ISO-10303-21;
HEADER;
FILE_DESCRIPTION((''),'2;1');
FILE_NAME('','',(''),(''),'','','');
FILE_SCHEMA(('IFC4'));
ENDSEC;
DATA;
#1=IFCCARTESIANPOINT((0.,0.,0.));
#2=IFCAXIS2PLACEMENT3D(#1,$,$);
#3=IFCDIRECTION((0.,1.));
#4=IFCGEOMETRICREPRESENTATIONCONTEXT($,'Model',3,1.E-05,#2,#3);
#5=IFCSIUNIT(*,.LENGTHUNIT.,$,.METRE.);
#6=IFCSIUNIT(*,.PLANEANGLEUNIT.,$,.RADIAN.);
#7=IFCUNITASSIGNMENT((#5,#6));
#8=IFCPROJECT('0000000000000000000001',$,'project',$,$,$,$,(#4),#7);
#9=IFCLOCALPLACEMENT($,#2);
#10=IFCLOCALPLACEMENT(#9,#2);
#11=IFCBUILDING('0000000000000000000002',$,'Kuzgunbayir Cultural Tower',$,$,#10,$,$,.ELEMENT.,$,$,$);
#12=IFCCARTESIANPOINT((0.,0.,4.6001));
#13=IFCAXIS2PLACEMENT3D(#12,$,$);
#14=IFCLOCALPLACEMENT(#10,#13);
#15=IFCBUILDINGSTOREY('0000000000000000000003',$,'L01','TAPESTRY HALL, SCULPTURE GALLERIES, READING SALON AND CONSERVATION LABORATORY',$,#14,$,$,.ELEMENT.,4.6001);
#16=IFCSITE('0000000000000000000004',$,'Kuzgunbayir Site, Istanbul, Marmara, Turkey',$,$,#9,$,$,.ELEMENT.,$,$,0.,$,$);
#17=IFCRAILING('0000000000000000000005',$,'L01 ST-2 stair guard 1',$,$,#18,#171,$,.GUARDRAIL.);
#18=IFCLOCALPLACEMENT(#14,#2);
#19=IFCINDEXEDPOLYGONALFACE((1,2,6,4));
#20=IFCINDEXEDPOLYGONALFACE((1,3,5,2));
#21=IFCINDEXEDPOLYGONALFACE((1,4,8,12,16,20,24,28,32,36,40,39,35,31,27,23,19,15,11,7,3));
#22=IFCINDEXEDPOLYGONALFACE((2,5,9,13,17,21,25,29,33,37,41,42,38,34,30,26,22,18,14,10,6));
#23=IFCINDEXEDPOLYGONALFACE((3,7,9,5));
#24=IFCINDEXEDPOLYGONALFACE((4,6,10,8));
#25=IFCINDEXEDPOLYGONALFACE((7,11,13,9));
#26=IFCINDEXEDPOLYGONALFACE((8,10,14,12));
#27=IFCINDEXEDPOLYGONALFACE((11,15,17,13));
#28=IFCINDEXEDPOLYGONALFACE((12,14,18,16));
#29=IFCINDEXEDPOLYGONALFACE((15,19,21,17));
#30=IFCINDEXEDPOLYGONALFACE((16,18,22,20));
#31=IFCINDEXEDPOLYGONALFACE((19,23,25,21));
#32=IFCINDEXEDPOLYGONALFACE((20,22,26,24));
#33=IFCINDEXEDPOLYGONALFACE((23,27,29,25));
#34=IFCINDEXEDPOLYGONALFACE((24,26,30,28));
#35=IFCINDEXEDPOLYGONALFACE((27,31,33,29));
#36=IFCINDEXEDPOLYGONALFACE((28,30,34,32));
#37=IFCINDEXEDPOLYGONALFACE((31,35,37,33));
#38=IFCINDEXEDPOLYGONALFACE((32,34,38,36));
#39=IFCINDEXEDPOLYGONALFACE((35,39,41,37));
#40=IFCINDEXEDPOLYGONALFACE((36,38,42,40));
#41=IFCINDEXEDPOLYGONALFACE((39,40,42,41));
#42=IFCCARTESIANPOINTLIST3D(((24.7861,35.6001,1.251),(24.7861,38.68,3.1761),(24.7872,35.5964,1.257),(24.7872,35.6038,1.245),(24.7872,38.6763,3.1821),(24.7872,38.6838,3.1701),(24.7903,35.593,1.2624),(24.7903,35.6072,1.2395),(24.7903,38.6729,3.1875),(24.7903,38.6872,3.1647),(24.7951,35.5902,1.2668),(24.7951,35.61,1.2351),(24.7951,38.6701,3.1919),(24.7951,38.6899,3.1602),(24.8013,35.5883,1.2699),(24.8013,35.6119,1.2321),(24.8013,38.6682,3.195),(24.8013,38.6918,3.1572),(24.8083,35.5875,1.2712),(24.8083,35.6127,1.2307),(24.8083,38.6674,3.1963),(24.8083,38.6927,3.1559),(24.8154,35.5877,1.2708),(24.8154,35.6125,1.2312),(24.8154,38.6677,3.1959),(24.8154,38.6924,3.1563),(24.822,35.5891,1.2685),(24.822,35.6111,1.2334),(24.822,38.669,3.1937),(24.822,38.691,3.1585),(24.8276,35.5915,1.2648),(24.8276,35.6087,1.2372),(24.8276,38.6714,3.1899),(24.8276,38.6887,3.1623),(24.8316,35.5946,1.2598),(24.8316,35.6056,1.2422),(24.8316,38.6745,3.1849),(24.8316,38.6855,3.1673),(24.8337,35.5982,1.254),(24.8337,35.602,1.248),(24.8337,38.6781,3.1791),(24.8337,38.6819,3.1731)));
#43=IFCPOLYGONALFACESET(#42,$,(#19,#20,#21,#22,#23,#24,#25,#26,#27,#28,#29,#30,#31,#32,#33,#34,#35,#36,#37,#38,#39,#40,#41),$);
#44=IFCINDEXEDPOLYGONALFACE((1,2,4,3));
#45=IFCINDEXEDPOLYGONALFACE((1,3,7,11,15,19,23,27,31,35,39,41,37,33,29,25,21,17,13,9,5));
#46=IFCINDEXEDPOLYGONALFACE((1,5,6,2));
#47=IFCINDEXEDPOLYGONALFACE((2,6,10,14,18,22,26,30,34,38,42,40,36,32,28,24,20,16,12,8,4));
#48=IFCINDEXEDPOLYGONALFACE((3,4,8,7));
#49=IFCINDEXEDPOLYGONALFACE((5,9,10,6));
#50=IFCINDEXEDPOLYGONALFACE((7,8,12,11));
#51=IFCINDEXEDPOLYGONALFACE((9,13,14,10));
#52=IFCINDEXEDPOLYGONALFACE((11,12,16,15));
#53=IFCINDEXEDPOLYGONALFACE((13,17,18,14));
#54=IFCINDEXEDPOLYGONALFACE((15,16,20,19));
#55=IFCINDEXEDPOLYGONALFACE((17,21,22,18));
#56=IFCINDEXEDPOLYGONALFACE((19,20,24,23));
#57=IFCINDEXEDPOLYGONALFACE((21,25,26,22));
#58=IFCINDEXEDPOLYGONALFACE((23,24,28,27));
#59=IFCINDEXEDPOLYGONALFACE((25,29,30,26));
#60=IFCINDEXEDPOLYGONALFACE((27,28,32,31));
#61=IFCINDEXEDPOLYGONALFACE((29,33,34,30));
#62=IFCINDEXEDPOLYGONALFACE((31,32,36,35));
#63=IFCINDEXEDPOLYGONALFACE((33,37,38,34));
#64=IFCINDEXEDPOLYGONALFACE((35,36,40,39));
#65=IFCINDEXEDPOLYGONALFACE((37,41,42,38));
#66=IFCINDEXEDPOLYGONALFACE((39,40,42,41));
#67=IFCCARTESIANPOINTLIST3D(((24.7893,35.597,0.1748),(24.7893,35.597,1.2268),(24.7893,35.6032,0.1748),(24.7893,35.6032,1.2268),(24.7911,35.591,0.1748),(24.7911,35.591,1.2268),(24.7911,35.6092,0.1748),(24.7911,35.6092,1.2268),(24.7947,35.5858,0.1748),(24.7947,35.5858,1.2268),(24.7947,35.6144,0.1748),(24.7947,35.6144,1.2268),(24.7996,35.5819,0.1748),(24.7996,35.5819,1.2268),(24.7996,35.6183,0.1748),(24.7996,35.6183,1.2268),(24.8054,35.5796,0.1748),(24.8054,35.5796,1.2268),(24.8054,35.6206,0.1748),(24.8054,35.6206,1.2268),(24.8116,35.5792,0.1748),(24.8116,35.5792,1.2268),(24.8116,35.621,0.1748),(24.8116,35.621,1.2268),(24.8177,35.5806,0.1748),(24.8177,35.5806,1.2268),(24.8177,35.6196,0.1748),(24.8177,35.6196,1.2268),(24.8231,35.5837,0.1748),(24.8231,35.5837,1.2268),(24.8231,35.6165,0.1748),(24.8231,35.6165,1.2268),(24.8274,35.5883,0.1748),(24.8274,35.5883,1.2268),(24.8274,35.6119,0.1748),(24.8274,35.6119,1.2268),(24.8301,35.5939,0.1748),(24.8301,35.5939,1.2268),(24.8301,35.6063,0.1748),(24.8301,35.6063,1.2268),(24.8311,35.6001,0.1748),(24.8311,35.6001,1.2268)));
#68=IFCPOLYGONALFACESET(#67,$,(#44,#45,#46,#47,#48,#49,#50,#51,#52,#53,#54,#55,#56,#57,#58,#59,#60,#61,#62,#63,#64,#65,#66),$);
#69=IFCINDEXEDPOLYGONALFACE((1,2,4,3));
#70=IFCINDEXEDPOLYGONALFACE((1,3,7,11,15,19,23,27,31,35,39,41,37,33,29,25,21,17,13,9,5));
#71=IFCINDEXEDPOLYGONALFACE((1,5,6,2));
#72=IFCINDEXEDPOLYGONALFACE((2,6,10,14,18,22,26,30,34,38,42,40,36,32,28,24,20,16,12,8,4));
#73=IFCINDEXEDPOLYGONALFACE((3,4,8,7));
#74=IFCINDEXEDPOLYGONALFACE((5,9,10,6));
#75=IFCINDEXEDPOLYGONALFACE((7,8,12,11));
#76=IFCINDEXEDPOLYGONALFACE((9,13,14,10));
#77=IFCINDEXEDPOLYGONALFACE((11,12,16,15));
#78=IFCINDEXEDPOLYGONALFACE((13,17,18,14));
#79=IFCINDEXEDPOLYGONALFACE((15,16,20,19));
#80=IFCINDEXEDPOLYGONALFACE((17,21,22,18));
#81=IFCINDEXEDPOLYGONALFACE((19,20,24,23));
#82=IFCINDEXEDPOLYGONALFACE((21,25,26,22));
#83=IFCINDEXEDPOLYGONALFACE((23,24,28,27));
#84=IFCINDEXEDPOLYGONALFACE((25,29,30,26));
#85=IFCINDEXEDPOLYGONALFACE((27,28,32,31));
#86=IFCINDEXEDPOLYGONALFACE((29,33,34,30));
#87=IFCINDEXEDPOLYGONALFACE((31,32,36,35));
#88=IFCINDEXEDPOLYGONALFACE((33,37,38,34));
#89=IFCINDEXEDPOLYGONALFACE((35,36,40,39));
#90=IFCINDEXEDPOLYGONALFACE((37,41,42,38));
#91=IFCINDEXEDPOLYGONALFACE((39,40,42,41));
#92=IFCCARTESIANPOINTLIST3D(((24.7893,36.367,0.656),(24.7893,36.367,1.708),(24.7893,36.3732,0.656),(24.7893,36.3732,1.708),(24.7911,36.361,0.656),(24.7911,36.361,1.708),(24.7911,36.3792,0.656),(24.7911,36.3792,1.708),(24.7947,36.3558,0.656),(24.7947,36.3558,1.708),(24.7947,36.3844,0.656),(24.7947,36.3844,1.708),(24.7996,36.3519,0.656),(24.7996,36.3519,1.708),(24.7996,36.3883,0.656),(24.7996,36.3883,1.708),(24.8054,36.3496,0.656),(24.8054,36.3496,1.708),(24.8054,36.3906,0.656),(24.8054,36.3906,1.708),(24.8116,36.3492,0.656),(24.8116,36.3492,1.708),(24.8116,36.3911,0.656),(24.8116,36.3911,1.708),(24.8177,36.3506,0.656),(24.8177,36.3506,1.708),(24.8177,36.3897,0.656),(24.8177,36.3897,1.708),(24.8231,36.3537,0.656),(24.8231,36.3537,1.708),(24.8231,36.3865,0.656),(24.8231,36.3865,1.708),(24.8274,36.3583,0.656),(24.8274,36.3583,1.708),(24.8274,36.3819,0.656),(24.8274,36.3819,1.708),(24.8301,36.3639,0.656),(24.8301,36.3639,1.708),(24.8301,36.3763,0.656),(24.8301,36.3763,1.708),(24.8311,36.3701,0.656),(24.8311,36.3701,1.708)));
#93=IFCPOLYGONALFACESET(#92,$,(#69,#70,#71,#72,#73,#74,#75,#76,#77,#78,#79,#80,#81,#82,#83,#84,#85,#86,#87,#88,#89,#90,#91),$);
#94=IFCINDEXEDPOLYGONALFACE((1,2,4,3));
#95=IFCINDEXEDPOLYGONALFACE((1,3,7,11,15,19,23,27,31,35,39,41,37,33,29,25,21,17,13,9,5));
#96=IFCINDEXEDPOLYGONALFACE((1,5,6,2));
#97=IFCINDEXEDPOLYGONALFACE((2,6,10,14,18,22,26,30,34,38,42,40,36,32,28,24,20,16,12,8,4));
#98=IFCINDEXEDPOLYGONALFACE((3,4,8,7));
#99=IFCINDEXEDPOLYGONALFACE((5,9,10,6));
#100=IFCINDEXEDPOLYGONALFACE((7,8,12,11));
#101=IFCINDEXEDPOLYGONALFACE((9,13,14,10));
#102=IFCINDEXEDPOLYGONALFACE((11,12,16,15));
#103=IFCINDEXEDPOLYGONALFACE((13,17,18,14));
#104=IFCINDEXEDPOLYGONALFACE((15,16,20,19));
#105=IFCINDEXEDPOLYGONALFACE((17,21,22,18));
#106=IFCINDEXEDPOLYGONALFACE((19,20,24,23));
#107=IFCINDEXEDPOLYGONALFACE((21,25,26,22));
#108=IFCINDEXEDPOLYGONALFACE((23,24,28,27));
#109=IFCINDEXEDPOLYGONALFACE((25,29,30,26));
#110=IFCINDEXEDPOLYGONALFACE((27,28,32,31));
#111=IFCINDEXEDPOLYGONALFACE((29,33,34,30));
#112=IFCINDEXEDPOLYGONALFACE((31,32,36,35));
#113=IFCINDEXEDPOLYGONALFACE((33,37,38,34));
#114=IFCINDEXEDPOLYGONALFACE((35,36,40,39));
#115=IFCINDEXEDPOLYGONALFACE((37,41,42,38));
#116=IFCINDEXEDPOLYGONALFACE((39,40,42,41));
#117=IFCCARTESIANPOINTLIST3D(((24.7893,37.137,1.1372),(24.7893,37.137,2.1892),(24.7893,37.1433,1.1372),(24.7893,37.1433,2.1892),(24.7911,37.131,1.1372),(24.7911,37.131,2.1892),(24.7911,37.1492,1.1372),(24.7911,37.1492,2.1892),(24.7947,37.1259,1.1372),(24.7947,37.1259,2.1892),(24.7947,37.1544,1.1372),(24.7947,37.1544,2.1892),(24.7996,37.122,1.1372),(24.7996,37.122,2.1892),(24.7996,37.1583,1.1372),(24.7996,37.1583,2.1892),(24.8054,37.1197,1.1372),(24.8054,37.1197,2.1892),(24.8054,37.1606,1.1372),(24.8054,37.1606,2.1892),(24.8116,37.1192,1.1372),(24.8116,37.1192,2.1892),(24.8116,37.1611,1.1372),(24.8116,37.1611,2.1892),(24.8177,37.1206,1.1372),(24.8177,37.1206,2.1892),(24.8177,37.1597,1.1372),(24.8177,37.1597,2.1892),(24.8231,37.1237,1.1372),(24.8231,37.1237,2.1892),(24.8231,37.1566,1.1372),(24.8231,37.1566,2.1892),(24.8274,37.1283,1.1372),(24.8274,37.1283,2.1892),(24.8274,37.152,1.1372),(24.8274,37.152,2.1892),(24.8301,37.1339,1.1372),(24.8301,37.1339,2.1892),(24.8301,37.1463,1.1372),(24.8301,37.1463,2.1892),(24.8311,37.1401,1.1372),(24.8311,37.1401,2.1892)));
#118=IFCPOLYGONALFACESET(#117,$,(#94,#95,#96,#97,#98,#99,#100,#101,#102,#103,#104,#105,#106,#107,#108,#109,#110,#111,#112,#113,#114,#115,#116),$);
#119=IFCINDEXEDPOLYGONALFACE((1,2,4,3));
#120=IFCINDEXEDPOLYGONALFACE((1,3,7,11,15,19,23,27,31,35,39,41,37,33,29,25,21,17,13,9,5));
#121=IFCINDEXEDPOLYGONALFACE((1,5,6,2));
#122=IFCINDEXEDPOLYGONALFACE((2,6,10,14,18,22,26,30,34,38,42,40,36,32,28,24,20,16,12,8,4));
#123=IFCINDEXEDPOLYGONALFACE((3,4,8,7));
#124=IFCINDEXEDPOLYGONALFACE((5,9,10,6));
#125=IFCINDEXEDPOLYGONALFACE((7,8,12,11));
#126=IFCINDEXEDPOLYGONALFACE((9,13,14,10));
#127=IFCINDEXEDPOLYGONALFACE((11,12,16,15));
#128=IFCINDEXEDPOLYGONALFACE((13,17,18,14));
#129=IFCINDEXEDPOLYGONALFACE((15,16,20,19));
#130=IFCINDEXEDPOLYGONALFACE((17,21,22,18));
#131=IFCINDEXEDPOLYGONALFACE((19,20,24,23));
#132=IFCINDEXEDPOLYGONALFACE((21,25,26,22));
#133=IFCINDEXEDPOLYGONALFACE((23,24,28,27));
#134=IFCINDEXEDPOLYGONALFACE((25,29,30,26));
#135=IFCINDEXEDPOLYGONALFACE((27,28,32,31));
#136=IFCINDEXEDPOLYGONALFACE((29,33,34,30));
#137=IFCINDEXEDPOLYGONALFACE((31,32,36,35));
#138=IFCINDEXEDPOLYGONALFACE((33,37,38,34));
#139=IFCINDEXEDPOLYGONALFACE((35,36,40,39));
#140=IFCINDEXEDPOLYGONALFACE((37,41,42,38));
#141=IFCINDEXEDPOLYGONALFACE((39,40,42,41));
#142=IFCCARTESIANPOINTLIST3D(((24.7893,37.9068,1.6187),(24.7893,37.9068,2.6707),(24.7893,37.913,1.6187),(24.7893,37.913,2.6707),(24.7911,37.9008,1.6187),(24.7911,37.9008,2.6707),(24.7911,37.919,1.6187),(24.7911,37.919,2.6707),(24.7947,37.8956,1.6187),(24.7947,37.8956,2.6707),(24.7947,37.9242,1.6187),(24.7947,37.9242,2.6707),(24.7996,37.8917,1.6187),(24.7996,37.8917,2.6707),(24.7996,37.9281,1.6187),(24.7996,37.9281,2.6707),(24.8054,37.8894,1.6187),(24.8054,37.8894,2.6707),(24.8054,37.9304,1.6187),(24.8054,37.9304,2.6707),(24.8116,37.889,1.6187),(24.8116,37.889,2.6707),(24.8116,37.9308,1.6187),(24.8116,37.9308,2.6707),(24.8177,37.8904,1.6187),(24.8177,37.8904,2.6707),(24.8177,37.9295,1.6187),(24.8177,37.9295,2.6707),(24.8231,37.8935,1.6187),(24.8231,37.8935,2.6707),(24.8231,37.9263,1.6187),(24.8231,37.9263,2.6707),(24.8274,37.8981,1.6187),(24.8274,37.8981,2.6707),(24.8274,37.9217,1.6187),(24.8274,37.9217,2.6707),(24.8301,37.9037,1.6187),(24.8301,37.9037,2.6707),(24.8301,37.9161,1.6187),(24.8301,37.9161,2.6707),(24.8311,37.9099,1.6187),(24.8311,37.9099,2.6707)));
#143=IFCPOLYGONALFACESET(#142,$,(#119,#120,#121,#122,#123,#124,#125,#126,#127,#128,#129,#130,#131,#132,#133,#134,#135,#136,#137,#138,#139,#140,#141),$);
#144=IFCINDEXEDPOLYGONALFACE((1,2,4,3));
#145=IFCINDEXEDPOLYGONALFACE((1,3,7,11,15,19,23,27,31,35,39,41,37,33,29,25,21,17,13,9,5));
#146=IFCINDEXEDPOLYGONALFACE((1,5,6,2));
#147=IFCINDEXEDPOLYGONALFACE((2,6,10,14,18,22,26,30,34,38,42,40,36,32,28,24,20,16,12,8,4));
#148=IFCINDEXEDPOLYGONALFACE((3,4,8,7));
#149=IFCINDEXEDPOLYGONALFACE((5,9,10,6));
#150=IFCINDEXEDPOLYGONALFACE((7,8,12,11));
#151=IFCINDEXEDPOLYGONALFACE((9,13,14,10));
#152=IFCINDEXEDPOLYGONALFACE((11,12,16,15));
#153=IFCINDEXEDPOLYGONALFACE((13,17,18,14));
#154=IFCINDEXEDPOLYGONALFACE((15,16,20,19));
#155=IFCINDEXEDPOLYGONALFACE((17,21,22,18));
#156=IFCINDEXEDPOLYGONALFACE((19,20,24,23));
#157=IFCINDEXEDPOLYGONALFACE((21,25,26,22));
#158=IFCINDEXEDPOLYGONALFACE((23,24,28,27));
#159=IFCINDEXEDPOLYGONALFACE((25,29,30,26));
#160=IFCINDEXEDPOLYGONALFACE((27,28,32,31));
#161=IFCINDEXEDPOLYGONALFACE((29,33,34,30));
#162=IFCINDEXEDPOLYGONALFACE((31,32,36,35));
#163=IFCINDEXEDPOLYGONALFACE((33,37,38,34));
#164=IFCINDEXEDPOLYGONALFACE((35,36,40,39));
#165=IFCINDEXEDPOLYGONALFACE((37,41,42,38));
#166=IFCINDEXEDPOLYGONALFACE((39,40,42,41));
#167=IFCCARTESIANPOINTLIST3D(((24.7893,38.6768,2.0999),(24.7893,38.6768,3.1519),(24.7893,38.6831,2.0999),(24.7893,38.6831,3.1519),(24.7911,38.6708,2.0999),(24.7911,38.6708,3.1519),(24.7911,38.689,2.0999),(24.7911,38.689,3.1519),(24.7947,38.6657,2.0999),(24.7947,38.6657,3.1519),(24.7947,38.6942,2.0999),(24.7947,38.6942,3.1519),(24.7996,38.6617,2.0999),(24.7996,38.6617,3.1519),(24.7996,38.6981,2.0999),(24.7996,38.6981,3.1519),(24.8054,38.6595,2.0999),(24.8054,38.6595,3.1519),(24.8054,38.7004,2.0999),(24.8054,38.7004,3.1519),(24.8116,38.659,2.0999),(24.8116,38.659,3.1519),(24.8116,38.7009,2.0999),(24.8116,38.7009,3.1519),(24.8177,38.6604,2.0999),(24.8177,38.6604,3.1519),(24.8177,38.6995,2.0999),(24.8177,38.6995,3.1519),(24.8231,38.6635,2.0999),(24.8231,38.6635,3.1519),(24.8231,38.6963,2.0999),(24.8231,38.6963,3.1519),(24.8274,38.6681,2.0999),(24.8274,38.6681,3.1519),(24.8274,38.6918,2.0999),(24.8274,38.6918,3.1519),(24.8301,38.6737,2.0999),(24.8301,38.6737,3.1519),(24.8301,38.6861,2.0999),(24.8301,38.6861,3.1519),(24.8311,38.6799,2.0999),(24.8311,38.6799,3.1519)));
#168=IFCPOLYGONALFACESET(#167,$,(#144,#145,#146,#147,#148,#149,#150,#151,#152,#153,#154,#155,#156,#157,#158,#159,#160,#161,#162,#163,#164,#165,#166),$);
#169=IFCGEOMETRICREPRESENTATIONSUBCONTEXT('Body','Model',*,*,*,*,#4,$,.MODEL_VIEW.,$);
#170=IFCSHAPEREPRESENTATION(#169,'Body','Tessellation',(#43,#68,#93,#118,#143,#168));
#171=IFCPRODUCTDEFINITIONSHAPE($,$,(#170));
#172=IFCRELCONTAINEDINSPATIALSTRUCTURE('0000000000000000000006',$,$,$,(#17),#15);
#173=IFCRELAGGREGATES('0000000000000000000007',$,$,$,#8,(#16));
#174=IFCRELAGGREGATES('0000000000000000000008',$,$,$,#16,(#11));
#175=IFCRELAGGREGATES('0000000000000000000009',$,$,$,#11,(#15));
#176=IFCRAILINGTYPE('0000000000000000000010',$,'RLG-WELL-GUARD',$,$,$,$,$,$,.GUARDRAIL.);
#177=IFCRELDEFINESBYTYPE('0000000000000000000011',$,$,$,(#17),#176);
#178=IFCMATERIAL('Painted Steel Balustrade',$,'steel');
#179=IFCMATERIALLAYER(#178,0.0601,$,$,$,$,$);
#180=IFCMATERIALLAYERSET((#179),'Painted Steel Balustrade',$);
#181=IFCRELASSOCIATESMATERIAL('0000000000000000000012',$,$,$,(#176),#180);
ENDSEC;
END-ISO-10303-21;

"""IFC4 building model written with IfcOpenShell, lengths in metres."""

from ifc_helpers import new_model, si_unit, direction, frame, origin, origin_2d, place, context, subcontext, project, spatial, circle, extrude, material, layer, layer_set, type_object, element, save


model = new_model("IFC4")

# Units and contexts
model_context = context("Model", 3, precision=1e-05, world=origin(), true_north=direction((0.0, 1.0)))
body_context = subcontext(model_context, "Body", "Model", "MODEL_VIEW")
ifc_project = project(units=[si_unit("LENGTHUNIT", "METRE"), si_unit("PLANEANGLEUNIT", "RADIAN")], contexts=[model_context])

# Site, building, storey
site_placement = place(None, origin())
site = spatial("IfcSite", under=ifc_project, at=site_placement, Name="Kuzgunbayir Site, Istanbul, Marmara, Turkey", CompositionType="ELEMENT", RefElevation=0.0)
building_placement = place(site_placement, origin())
building = spatial("IfcBuilding", under=site, at=building_placement, Name="Kuzgunbayir Cultural Tower", CompositionType="ELEMENT")
storey_placement = place(building_placement, frame((0.0, 0.0, 4.6001)))
storey = spatial("IfcBuildingStorey", under=building, at=storey_placement, Name="L01", Description="TAPESTRY HALL, SCULPTURE GALLERIES, READING SALON AND CONSERVATION LABORATORY", CompositionType="ELEMENT", Elevation=4.6001)

# Railing
ifc_material_1 = material(Name="Painted Steel Balustrade", Category="steel")
ifc_layer_1 = layer(ifc_material_1, 0.0601)
ifc_layer_set_1 = layer_set([ifc_layer_1], Name="Painted Steel Balustrade")
railing_type_1 = type_object("IfcRailingType", Name="RLG-WELL-GUARD", PredefinedType="GUARDRAIL", material=ifc_layer_set_1)
railing_1_placement = place(storey_placement, frame((24.8101, 35.6001, 0.1748)))
element("IfcRailing", 1, at=railing_1_placement, inside=storey, type_object=railing_type_1, Name="L01 ST-2 stair guard 1", PredefinedType="GUARDRAIL", context=body_context, shape_type="SweptSolid", body=[
    extrude(circle(Radius=0.0239, at=origin_2d()), frame((0.0, 0.0, 1.0762), z_axis=(0.0, 0.847979, 0.530029), x_axis=(-1.0, 0.0, 0.0)), (0.0, 0.0, 1.0), 3.6321),
    extrude(circle(Radius=0.021, at=origin_2d()), origin(), (0.0, 0.0, 1.0), 1.052),
    extrude(circle(Radius=0.021, at=origin_2d()), frame((0.0, 0.77, 0.4812)), (0.0, 0.0, 1.0), 1.052),
    extrude(circle(Radius=0.021, at=origin_2d()), frame((0.0, 1.54, 0.9624)), (0.0, 0.0, 1.0), 1.052),
    extrude(circle(Radius=0.021, at=origin_2d()), frame((0.0, 2.3098, 1.4438)), (0.0, 0.0, 1.0), 1.052),
    extrude(circle(Radius=0.021, at=origin_2d()), frame((0.0, 3.0798, 1.925)), (0.0, 0.0, 1.0), 1.052),
])

save(model, "model.ifc")
